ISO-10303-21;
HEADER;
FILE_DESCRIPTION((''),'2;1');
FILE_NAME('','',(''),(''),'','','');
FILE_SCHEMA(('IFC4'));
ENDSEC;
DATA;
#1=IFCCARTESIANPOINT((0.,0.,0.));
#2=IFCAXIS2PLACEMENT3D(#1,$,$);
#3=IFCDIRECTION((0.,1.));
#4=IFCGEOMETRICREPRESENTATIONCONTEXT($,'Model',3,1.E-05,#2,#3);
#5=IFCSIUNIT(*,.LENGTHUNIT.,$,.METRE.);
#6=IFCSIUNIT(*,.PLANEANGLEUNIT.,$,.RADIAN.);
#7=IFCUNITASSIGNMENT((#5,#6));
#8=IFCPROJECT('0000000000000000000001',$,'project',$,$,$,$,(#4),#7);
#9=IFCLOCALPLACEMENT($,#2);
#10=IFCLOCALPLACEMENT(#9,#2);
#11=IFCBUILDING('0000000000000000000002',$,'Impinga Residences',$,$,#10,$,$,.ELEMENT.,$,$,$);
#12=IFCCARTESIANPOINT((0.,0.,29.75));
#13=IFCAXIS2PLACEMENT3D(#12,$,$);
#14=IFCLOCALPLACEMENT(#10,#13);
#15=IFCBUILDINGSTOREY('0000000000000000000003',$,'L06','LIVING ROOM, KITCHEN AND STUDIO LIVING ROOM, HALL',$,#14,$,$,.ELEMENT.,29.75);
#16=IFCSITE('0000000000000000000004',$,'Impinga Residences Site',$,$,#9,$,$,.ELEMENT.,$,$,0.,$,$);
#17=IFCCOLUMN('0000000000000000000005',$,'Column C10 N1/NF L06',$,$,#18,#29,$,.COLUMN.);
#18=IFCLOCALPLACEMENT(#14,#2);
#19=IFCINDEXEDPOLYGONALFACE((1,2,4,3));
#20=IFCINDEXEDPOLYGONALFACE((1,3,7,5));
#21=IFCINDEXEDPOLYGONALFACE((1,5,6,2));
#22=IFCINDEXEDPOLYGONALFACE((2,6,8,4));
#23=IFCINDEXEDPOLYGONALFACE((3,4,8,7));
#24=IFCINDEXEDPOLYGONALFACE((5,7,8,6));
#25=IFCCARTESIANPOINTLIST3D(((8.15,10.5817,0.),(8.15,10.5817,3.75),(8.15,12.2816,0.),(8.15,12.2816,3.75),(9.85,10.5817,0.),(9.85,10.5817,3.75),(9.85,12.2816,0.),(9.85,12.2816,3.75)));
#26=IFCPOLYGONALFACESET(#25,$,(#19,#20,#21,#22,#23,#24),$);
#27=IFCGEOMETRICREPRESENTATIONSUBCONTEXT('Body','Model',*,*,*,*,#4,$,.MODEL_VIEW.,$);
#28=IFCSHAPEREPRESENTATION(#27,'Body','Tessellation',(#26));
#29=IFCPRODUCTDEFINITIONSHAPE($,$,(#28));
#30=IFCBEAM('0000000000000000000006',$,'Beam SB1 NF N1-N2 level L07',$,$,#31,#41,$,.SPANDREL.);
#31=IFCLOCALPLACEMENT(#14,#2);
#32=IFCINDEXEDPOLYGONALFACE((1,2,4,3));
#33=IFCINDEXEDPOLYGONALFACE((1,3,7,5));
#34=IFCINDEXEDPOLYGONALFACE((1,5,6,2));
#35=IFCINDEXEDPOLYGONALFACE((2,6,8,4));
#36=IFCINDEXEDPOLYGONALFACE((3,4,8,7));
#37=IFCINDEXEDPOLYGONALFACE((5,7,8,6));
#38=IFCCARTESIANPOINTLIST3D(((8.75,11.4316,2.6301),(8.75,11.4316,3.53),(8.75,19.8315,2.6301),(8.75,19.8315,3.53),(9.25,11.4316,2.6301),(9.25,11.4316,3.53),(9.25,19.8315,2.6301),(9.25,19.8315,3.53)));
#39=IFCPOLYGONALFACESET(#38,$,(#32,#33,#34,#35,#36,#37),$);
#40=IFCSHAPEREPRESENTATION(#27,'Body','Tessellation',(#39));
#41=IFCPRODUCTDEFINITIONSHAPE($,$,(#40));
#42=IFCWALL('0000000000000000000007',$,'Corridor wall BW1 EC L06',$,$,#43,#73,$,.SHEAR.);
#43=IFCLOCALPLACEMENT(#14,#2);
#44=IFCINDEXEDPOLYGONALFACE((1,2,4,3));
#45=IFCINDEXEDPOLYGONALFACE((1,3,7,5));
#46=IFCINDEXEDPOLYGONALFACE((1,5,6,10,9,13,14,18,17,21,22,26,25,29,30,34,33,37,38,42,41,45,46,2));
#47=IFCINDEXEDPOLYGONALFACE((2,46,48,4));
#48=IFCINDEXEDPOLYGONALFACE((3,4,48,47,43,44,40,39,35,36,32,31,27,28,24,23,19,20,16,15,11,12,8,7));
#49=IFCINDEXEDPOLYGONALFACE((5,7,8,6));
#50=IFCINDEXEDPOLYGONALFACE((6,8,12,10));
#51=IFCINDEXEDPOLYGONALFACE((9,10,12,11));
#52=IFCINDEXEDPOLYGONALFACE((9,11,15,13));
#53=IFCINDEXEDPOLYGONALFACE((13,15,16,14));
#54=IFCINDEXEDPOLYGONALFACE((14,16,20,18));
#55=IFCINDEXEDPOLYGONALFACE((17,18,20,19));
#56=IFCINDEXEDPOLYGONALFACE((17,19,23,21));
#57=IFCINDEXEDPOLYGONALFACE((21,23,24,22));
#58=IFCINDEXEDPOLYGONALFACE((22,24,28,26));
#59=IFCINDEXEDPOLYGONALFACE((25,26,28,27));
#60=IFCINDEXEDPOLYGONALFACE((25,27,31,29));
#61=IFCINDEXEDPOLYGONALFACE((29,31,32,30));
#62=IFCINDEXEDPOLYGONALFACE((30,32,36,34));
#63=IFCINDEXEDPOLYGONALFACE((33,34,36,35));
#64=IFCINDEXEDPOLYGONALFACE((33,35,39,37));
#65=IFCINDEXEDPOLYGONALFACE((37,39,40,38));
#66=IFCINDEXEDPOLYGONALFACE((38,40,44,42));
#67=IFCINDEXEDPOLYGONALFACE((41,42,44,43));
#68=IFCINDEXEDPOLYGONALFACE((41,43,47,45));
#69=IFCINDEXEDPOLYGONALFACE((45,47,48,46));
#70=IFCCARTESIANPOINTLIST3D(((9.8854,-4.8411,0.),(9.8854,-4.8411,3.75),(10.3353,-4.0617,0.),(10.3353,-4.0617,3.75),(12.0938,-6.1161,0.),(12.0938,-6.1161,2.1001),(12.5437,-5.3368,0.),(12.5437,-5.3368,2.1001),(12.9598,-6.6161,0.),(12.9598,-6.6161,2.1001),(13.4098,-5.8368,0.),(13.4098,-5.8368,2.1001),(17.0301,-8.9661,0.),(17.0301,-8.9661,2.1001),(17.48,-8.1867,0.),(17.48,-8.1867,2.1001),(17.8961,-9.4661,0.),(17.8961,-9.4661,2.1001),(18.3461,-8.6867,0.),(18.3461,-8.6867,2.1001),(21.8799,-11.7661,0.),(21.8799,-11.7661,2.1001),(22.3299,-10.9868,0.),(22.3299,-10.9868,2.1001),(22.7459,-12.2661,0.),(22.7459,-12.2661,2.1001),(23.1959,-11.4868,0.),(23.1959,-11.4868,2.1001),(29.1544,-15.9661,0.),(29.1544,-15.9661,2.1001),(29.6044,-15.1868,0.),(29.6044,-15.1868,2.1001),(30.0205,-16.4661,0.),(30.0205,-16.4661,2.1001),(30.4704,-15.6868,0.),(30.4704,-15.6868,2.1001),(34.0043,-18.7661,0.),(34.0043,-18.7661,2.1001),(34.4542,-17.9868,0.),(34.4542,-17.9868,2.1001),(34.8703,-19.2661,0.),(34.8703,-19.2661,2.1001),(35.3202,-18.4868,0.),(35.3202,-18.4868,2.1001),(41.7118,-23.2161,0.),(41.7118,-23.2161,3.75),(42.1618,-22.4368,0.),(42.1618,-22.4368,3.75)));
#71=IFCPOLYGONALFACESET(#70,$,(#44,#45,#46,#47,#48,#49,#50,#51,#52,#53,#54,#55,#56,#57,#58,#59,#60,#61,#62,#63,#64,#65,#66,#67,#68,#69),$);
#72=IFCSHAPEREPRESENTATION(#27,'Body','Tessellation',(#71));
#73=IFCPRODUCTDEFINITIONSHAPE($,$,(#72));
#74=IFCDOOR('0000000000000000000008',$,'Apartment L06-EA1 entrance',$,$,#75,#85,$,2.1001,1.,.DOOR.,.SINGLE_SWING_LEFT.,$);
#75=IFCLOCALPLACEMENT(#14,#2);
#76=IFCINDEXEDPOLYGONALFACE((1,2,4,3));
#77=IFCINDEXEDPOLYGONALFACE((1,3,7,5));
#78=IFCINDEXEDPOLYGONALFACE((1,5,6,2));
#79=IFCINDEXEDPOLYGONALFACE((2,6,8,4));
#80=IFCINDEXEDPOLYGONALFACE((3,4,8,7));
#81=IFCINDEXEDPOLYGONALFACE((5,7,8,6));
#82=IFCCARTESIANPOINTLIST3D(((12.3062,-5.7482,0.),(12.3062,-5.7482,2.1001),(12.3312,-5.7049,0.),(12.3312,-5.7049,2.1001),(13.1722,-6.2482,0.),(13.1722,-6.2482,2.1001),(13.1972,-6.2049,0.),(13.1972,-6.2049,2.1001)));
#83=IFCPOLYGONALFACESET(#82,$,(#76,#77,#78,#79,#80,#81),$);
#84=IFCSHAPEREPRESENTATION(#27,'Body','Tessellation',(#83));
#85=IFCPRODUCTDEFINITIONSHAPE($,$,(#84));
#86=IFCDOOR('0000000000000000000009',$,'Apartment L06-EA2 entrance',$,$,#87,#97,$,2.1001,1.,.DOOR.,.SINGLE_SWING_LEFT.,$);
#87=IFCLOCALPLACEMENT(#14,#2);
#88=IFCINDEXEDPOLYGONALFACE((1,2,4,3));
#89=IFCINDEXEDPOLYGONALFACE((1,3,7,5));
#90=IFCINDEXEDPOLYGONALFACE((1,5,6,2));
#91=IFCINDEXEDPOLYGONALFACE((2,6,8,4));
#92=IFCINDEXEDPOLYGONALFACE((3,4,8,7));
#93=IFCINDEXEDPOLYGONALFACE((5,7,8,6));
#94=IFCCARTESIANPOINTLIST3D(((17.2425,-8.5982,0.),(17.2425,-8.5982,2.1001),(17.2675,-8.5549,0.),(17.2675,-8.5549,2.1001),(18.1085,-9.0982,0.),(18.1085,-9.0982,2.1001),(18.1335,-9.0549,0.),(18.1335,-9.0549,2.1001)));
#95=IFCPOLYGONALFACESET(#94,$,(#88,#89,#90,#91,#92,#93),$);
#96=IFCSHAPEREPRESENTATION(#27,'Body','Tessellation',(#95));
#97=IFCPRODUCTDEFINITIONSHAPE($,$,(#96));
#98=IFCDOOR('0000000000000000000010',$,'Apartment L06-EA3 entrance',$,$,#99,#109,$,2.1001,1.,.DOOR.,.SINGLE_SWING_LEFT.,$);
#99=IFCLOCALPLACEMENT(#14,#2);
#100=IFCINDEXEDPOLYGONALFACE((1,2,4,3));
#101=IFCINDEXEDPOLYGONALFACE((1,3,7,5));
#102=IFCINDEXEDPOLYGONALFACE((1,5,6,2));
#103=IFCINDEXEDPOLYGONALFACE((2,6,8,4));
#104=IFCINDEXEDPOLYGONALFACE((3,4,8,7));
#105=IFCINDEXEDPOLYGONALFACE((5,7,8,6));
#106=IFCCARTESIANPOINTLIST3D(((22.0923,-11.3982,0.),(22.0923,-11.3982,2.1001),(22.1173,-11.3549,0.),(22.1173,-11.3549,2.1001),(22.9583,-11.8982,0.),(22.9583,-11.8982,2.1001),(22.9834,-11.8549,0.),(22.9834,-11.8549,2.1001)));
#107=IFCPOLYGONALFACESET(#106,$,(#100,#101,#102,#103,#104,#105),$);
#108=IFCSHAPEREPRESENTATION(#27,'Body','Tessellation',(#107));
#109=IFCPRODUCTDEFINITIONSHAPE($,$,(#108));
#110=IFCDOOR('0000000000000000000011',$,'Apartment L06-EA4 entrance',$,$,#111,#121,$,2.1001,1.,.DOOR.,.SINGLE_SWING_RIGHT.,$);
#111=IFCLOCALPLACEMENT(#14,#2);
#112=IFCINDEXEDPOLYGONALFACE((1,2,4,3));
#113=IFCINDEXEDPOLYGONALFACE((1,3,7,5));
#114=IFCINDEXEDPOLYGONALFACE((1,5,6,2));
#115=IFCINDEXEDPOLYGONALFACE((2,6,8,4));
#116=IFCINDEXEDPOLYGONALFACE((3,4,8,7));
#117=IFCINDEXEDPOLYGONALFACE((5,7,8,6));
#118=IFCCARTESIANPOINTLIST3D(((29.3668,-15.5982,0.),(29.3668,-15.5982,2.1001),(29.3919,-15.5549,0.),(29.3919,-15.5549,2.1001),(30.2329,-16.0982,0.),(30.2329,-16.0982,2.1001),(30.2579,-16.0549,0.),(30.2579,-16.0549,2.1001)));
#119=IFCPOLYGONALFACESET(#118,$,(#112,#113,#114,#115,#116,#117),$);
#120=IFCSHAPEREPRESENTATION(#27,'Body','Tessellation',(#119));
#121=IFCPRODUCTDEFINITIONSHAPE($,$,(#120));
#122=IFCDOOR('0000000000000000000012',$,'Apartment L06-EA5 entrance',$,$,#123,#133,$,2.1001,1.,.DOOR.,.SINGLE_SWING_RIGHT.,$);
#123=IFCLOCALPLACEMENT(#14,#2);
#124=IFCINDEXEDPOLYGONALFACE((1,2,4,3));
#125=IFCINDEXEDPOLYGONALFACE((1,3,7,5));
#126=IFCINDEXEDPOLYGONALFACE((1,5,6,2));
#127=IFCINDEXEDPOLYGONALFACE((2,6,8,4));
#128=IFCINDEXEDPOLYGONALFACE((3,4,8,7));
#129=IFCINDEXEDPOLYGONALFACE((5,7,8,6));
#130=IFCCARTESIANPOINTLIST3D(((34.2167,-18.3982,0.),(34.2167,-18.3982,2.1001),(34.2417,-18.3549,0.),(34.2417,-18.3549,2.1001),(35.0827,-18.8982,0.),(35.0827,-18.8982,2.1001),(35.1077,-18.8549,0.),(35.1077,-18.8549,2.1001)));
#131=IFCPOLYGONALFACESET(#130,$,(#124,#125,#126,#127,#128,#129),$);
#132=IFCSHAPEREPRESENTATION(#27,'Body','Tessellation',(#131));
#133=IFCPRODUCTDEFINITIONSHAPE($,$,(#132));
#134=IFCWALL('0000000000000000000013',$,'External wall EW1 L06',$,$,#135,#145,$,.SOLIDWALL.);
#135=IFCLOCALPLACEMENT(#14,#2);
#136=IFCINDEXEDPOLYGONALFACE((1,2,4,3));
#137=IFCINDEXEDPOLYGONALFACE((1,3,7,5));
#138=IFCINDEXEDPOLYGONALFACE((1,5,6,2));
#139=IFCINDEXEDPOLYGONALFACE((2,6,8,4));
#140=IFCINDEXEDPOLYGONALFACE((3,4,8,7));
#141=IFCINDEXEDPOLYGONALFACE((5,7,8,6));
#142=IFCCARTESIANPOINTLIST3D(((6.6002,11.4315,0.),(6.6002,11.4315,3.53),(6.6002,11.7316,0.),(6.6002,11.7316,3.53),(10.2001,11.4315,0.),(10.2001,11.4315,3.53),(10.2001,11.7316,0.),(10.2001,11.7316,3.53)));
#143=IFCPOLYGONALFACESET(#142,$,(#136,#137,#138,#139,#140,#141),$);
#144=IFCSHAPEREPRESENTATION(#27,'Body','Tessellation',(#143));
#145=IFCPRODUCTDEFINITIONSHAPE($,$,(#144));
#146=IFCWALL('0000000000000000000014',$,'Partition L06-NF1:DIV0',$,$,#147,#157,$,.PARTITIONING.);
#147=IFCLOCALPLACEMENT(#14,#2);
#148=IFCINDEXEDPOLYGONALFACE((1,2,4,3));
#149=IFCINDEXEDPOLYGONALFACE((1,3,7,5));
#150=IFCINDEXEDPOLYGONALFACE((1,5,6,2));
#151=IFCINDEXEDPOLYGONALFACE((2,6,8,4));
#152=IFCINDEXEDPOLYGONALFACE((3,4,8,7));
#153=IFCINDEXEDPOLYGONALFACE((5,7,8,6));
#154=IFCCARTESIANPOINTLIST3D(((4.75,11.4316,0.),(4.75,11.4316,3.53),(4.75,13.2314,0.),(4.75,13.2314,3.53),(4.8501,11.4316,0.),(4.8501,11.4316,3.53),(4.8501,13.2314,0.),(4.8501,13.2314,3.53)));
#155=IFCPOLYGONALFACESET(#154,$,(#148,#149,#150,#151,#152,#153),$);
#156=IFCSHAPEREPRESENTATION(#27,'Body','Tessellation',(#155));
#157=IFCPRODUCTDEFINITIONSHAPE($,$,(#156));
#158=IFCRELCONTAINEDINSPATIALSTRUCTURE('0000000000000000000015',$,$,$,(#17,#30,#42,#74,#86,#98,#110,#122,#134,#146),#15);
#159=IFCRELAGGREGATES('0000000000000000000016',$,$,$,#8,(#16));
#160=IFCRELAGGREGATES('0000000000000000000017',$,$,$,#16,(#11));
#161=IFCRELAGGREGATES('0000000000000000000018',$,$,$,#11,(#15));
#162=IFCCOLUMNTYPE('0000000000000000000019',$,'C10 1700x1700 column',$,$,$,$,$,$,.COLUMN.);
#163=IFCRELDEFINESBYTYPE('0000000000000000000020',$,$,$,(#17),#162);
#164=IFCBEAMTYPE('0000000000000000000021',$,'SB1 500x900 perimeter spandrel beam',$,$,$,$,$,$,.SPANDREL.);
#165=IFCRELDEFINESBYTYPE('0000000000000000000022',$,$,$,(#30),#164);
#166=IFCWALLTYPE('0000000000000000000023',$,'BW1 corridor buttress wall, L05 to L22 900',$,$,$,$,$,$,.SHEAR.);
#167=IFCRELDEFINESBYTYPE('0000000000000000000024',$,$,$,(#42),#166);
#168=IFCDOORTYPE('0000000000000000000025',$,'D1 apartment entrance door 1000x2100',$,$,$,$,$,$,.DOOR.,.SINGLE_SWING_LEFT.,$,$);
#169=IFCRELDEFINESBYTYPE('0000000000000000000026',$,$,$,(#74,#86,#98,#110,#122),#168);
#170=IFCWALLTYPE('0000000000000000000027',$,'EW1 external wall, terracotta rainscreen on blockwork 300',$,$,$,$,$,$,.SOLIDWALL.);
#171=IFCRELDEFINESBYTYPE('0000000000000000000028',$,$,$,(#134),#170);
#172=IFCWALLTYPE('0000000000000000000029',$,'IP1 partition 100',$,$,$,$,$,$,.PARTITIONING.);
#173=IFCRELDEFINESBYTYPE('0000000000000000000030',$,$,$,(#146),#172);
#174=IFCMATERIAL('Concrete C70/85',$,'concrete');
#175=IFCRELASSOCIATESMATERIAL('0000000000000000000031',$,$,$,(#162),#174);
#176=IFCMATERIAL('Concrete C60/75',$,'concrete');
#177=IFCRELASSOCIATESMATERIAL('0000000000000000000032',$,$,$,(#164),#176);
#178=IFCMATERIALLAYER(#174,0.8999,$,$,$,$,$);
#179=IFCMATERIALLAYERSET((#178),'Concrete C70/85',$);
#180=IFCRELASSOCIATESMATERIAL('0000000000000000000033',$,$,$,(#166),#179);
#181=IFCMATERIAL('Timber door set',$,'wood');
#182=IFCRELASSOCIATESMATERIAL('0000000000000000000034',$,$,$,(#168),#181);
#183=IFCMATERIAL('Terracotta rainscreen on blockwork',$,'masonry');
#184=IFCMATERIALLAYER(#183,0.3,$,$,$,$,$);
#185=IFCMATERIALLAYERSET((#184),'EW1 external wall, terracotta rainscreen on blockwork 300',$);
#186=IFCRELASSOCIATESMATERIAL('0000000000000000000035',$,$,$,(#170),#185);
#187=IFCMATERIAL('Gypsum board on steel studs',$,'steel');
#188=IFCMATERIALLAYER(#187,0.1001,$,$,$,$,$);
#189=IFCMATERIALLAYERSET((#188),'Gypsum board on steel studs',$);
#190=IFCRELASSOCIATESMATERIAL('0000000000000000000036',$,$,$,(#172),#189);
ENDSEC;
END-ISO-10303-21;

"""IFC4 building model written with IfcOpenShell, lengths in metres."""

from ifc_helpers import new_model, si_unit, direction, frame, frame_2d, origin, origin_2d, place, context, subcontext, project, spatial, rectangle, extrude, material, layer, layer_set, material_profile, profile_set, type_object, element, fill, save


model = new_model("IFC4")

# Units and contexts
model_context = context("Model", 3, precision=1e-05, world=origin(), true_north=direction((0.0, 1.0)))
body_context = subcontext(model_context, "Body", "Model", "MODEL_VIEW")
ifc_project = project(units=[si_unit("LENGTHUNIT", "METRE"), si_unit("PLANEANGLEUNIT", "RADIAN")], contexts=[model_context])

# Site, building, storey
site_placement = place(None, origin())
site = spatial("IfcSite", under=ifc_project, at=site_placement, Name="Impinga Residences Site", CompositionType="ELEMENT", RefElevation=0.0)
building_placement = place(site_placement, origin())
building = spatial("IfcBuilding", under=site, at=building_placement, Name="Impinga Residences", CompositionType="ELEMENT")
storey_placement = place(building_placement, frame((0.0, 0.0, 29.75)))
storey = spatial("IfcBuildingStorey", under=building, at=storey_placement, Name="L06", Description="LIVING ROOM, KITCHEN AND STUDIO LIVING ROOM, HALL", CompositionType="ELEMENT", Elevation=29.75)

# Column
ifc_material_1 = material(Name="Concrete C70/85", Category="concrete")
ifc_material_profile_1 = material_profile(ifc_material_1, rectangle(XDim=1.7, YDim=1.7, at=origin_2d()), Name="RC 1700x1700")
ifc_profile_set_1 = profile_set([ifc_material_profile_1], Name="Concrete C70/85")
column_type = type_object("IfcColumnType", Name="C10 1700x1700 column", PredefinedType="COLUMN", material=ifc_profile_set_1)
column_placement = place(storey_placement, frame((9.0, 11.4316, 0.0), z_axis=(0.0, 0.0, 1.0), x_axis=(1.0, 0.0, 0.0)))
element("IfcColumn", 1, at=column_placement, inside=storey, type_object=column_type, Name="Column C10 N1/NF L06", PredefinedType="COLUMN", context=body_context, shape_type="SweptSolid", body=[
    extrude(rectangle(XDim=1.7, YDim=1.7, at=origin_2d()), origin(), (0.0, 0.0, 1.0), 3.75),
])

# Beam
ifc_material_2 = material(Name="Concrete C60/75", Category="concrete")
ifc_material_profile_2 = material_profile(ifc_material_2, rectangle(XDim=0.5, YDim=0.8999, at=origin_2d()), Name="RC 500x900")
ifc_profile_set_2 = profile_set([ifc_material_profile_2], Name="Concrete C60/75")
beam_type = type_object("IfcBeamType", Name="SB1 500x900 perimeter spandrel beam", PredefinedType="SPANDREL", material=ifc_profile_set_2)
beam_placement = place(storey_placement, frame((9.0, 11.4316, 3.0801), z_axis=(0.0, 1.0, 0.0), x_axis=(-1.0, 0.0, 0.0)))
element("IfcBeam", 2, at=beam_placement, inside=storey, type_object=beam_type, Name="Beam SB1 NF N1-N2 level L07", PredefinedType="SPANDREL", context=body_context, shape_type="SweptSolid", body=[
    extrude(rectangle(XDim=0.5, YDim=0.8999, at=origin_2d()), origin(), (0.0, 0.0, 1.0), 8.3999),
])

# Wall, openings, doors
ifc_layer_1 = layer(ifc_material_1, 0.8999)
ifc_layer_set_1 = layer_set([ifc_layer_1], Name="Concrete C70/85")
wall_type_1 = type_object("IfcWallType", Name="BW1 corridor buttress wall, L05 to L22 900", PredefinedType="SHEAR", material=ifc_layer_set_1)
wall_1_placement = place(storey_placement, frame((10.1104, -4.4514, 0.0), z_axis=(0.0, 0.0, 1.0), x_axis=(0.866025, -0.5, 0.0)))
wall_1 = element("IfcWall", 3, at=wall_1_placement, inside=storey, type_object=wall_type_1, Name="Corridor wall BW1 EC L06", PredefinedType="SHEAR", context=body_context, shape_type="SweptSolid", body=[
    extrude(rectangle(XDim=36.75, YDim=0.8999, at=frame_2d((18.375, 0.0))), origin(), (0.0, 0.0, 1.0), 3.75),
])
opening_1_placement = place(wall_1_placement, frame((2.55, 0.0, 0.0)))
opening_1 = element("IfcOpeningElement", 4, at=opening_1_placement, cuts=wall_1, PredefinedType="OPENING", context=body_context, shape_type="SweptSolid", body=[
    extrude(rectangle(XDim=1.0, YDim=2.1001, at=frame_2d((0.5, 1.05))), frame((0.0, 0.46, 0.0), z_axis=(0.0, -1.0, 0.0), x_axis=(1.0, 0.0, 0.0)), (0.0, 0.0, 1.0), 0.9199),
])
opening_2_placement = place(wall_1_placement, frame((8.25, 0.0, 0.0)))
opening_2 = element("IfcOpeningElement", 5, at=opening_2_placement, cuts=wall_1, PredefinedType="OPENING", context=body_context, shape_type="SweptSolid", body=[
    extrude(rectangle(XDim=1.0, YDim=2.1001, at=frame_2d((0.5, 1.05))), frame((0.0, 0.46, 0.0), z_axis=(0.0, -1.0, 0.0), x_axis=(1.0, 0.0, 0.0)), (0.0, 0.0, 1.0), 0.9199),
])
opening_3_placement = place(wall_1_placement, frame((13.8501, 0.0, 0.0)))
opening_3 = element("IfcOpeningElement", 6, at=opening_3_placement, cuts=wall_1, PredefinedType="OPENING", context=body_context, shape_type="SweptSolid", body=[
    extrude(rectangle(XDim=1.0, YDim=2.1001, at=frame_2d((0.5, 1.05))), frame((0.0, 0.46, 0.0), z_axis=(0.0, -1.0, 0.0), x_axis=(1.0, 0.0, 0.0)), (0.0, 0.0, 1.0), 0.9199),
])
opening_4_placement = place(wall_1_placement, frame((22.25, 0.0, 0.0)))
opening_4 = element("IfcOpeningElement", 7, at=opening_4_placement, cuts=wall_1, PredefinedType="OPENING", context=body_context, shape_type="SweptSolid", body=[
    extrude(rectangle(XDim=1.0, YDim=2.1001, at=frame_2d((0.5, 1.05))), frame((0.0, 0.46, 0.0), z_axis=(0.0, -1.0, 0.0), x_axis=(1.0, 0.0, 0.0)), (0.0, 0.0, 1.0), 0.9199),
])
opening_5_placement = place(wall_1_placement, frame((27.8501, 0.0, 0.0)))
opening_5 = element("IfcOpeningElement", 8, at=opening_5_placement, cuts=wall_1, PredefinedType="OPENING", context=body_context, shape_type="SweptSolid", body=[
    extrude(rectangle(XDim=1.0, YDim=2.1001, at=frame_2d((0.5, 1.05))), frame((0.0, 0.46, 0.0), z_axis=(0.0, -1.0, 0.0), x_axis=(1.0, 0.0, 0.0)), (0.0, 0.0, 1.0), 0.9199),
])
ifc_material_3 = material(Name="Timber door set", Category="wood")
door_type_1 = type_object("IfcDoorType", Name="D1 apartment entrance door 1000x2100", OperationType="SINGLE_SWING_LEFT", PredefinedType="DOOR", material=ifc_material_3)
door_1_placement = place(opening_1_placement, origin())
door_1 = element("IfcDoor", 9, at=door_1_placement, inside=storey, type_object=door_type_1, Name="Apartment L06-EA1 entrance", OperationType="SINGLE_SWING_LEFT", OverallHeight=2.1001, OverallWidth=1.0, PredefinedType="DOOR", context=body_context, shape_type="SweptSolid", body=[
    extrude(rectangle(XDim=1.0, YDim=2.1001, at=frame_2d((0.5, 1.05))), frame((0.0, 0.0249, 0.0), z_axis=(0.0, -1.0, 0.0), x_axis=(1.0, 0.0, 0.0)), (0.0, 0.0, 1.0), 0.05),
])
fill(opening_1, door_1)
door_2_placement = place(opening_2_placement, origin())
door_2 = element("IfcDoor", 10, at=door_2_placement, inside=storey, type_object=door_type_1, Name="Apartment L06-EA2 entrance", OperationType="SINGLE_SWING_LEFT", OverallHeight=2.1001, OverallWidth=1.0, PredefinedType="DOOR", context=body_context, shape_type="SweptSolid", body=[
    extrude(rectangle(XDim=1.0, YDim=2.1001, at=frame_2d((0.5, 1.05))), frame((0.0, 0.0249, 0.0), z_axis=(0.0, -1.0, 0.0), x_axis=(1.0, 0.0, 0.0)), (0.0, 0.0, 1.0), 0.05),
])
fill(opening_2, door_2)
door_3_placement = place(opening_3_placement, origin())
door_3 = element("IfcDoor", 11, at=door_3_placement, inside=storey, type_object=door_type_1, Name="Apartment L06-EA3 entrance", OperationType="SINGLE_SWING_LEFT", OverallHeight=2.1001, OverallWidth=1.0, PredefinedType="DOOR", context=body_context, shape_type="SweptSolid", body=[
    extrude(rectangle(XDim=1.0, YDim=2.1001, at=frame_2d((0.5, 1.05))), frame((0.0, 0.0249, 0.0), z_axis=(0.0, -1.0, 0.0), x_axis=(1.0, 0.0, 0.0)), (0.0, 0.0, 1.0), 0.05),
])
fill(opening_3, door_3)
door_4_placement = place(opening_4_placement, origin())
door_4 = element("IfcDoor", 12, at=door_4_placement, inside=storey, type_object=door_type_1, Name="Apartment L06-EA4 entrance", OperationType="SINGLE_SWING_RIGHT", OverallHeight=2.1001, OverallWidth=1.0, PredefinedType="DOOR", context=body_context, shape_type="SweptSolid", body=[
    extrude(rectangle(XDim=1.0, YDim=2.1001, at=frame_2d((0.5, 1.05))), frame((0.0, 0.0249, 0.0), z_axis=(0.0, -1.0, 0.0), x_axis=(1.0, 0.0, 0.0)), (0.0, 0.0, 1.0), 0.05),
])
fill(opening_4, door_4)
door_5_placement = place(opening_5_placement, origin())
door_5 = element("IfcDoor", 13, at=door_5_placement, inside=storey, type_object=door_type_1, Name="Apartment L06-EA5 entrance", OperationType="SINGLE_SWING_RIGHT", OverallHeight=2.1001, OverallWidth=1.0, PredefinedType="DOOR", context=body_context, shape_type="SweptSolid", body=[
    extrude(rectangle(XDim=1.0, YDim=2.1001, at=frame_2d((0.5, 1.05))), frame((0.0, 0.0249, 0.0), z_axis=(0.0, -1.0, 0.0), x_axis=(1.0, 0.0, 0.0)), (0.0, 0.0, 1.0), 0.05),
])
fill(opening_5, door_5)

# Walls
ifc_material_4 = material(Name="Terracotta rainscreen on blockwork", Category="masonry")
ifc_layer_2 = layer(ifc_material_4, 0.3)
ifc_layer_set_2 = layer_set([ifc_layer_2], Name="EW1 external wall, terracotta rainscreen on blockwork 300")
wall_type_2 = type_object("IfcWallType", Name="EW1 external wall, terracotta rainscreen on blockwork 300", PredefinedType="SOLIDWALL", material=ifc_layer_set_2)
wall_2_placement = place(storey_placement, frame((10.2, 11.5815, 0.0), z_axis=(0.0, 0.0, 1.0), x_axis=(-1.0, 0.0, 0.0)))
element("IfcWall", 14, at=wall_2_placement, inside=storey, type_object=wall_type_2, Name="External wall EW1 L06", PredefinedType="SOLIDWALL", context=body_context, shape_type="SweptSolid", body=[
    extrude(rectangle(XDim=3.5999, YDim=0.3, at=frame_2d((1.7998, 0.0))), origin(), (0.0, 0.0, 1.0), 3.53),
])
ifc_material_5 = material(Name="Gypsum board on steel studs", Category="steel")
ifc_layer_3 = layer(ifc_material_5, 0.1001)
ifc_layer_set_3 = layer_set([ifc_layer_3], Name="Gypsum board on steel studs")
wall_type_3 = type_object("IfcWallType", Name="IP1 partition 100", PredefinedType="PARTITIONING", material=ifc_layer_set_3)
wall_3_placement = place(storey_placement, frame((4.8, 11.4316, 0.0), z_axis=(0.0, 0.0, 1.0), x_axis=(0.0, 1.0, 0.0)))
element("IfcWall", 15, at=wall_3_placement, inside=storey, type_object=wall_type_3, Name="Partition L06-NF1:DIV0", PredefinedType="PARTITIONING", context=body_context, shape_type="SweptSolid", body=[
    extrude(rectangle(XDim=1.7998, YDim=0.1001, at=frame_2d((0.8999, 0.0))), origin(), (0.0, 0.0, 1.0), 3.53),
])

save(model, "model.ifc")
